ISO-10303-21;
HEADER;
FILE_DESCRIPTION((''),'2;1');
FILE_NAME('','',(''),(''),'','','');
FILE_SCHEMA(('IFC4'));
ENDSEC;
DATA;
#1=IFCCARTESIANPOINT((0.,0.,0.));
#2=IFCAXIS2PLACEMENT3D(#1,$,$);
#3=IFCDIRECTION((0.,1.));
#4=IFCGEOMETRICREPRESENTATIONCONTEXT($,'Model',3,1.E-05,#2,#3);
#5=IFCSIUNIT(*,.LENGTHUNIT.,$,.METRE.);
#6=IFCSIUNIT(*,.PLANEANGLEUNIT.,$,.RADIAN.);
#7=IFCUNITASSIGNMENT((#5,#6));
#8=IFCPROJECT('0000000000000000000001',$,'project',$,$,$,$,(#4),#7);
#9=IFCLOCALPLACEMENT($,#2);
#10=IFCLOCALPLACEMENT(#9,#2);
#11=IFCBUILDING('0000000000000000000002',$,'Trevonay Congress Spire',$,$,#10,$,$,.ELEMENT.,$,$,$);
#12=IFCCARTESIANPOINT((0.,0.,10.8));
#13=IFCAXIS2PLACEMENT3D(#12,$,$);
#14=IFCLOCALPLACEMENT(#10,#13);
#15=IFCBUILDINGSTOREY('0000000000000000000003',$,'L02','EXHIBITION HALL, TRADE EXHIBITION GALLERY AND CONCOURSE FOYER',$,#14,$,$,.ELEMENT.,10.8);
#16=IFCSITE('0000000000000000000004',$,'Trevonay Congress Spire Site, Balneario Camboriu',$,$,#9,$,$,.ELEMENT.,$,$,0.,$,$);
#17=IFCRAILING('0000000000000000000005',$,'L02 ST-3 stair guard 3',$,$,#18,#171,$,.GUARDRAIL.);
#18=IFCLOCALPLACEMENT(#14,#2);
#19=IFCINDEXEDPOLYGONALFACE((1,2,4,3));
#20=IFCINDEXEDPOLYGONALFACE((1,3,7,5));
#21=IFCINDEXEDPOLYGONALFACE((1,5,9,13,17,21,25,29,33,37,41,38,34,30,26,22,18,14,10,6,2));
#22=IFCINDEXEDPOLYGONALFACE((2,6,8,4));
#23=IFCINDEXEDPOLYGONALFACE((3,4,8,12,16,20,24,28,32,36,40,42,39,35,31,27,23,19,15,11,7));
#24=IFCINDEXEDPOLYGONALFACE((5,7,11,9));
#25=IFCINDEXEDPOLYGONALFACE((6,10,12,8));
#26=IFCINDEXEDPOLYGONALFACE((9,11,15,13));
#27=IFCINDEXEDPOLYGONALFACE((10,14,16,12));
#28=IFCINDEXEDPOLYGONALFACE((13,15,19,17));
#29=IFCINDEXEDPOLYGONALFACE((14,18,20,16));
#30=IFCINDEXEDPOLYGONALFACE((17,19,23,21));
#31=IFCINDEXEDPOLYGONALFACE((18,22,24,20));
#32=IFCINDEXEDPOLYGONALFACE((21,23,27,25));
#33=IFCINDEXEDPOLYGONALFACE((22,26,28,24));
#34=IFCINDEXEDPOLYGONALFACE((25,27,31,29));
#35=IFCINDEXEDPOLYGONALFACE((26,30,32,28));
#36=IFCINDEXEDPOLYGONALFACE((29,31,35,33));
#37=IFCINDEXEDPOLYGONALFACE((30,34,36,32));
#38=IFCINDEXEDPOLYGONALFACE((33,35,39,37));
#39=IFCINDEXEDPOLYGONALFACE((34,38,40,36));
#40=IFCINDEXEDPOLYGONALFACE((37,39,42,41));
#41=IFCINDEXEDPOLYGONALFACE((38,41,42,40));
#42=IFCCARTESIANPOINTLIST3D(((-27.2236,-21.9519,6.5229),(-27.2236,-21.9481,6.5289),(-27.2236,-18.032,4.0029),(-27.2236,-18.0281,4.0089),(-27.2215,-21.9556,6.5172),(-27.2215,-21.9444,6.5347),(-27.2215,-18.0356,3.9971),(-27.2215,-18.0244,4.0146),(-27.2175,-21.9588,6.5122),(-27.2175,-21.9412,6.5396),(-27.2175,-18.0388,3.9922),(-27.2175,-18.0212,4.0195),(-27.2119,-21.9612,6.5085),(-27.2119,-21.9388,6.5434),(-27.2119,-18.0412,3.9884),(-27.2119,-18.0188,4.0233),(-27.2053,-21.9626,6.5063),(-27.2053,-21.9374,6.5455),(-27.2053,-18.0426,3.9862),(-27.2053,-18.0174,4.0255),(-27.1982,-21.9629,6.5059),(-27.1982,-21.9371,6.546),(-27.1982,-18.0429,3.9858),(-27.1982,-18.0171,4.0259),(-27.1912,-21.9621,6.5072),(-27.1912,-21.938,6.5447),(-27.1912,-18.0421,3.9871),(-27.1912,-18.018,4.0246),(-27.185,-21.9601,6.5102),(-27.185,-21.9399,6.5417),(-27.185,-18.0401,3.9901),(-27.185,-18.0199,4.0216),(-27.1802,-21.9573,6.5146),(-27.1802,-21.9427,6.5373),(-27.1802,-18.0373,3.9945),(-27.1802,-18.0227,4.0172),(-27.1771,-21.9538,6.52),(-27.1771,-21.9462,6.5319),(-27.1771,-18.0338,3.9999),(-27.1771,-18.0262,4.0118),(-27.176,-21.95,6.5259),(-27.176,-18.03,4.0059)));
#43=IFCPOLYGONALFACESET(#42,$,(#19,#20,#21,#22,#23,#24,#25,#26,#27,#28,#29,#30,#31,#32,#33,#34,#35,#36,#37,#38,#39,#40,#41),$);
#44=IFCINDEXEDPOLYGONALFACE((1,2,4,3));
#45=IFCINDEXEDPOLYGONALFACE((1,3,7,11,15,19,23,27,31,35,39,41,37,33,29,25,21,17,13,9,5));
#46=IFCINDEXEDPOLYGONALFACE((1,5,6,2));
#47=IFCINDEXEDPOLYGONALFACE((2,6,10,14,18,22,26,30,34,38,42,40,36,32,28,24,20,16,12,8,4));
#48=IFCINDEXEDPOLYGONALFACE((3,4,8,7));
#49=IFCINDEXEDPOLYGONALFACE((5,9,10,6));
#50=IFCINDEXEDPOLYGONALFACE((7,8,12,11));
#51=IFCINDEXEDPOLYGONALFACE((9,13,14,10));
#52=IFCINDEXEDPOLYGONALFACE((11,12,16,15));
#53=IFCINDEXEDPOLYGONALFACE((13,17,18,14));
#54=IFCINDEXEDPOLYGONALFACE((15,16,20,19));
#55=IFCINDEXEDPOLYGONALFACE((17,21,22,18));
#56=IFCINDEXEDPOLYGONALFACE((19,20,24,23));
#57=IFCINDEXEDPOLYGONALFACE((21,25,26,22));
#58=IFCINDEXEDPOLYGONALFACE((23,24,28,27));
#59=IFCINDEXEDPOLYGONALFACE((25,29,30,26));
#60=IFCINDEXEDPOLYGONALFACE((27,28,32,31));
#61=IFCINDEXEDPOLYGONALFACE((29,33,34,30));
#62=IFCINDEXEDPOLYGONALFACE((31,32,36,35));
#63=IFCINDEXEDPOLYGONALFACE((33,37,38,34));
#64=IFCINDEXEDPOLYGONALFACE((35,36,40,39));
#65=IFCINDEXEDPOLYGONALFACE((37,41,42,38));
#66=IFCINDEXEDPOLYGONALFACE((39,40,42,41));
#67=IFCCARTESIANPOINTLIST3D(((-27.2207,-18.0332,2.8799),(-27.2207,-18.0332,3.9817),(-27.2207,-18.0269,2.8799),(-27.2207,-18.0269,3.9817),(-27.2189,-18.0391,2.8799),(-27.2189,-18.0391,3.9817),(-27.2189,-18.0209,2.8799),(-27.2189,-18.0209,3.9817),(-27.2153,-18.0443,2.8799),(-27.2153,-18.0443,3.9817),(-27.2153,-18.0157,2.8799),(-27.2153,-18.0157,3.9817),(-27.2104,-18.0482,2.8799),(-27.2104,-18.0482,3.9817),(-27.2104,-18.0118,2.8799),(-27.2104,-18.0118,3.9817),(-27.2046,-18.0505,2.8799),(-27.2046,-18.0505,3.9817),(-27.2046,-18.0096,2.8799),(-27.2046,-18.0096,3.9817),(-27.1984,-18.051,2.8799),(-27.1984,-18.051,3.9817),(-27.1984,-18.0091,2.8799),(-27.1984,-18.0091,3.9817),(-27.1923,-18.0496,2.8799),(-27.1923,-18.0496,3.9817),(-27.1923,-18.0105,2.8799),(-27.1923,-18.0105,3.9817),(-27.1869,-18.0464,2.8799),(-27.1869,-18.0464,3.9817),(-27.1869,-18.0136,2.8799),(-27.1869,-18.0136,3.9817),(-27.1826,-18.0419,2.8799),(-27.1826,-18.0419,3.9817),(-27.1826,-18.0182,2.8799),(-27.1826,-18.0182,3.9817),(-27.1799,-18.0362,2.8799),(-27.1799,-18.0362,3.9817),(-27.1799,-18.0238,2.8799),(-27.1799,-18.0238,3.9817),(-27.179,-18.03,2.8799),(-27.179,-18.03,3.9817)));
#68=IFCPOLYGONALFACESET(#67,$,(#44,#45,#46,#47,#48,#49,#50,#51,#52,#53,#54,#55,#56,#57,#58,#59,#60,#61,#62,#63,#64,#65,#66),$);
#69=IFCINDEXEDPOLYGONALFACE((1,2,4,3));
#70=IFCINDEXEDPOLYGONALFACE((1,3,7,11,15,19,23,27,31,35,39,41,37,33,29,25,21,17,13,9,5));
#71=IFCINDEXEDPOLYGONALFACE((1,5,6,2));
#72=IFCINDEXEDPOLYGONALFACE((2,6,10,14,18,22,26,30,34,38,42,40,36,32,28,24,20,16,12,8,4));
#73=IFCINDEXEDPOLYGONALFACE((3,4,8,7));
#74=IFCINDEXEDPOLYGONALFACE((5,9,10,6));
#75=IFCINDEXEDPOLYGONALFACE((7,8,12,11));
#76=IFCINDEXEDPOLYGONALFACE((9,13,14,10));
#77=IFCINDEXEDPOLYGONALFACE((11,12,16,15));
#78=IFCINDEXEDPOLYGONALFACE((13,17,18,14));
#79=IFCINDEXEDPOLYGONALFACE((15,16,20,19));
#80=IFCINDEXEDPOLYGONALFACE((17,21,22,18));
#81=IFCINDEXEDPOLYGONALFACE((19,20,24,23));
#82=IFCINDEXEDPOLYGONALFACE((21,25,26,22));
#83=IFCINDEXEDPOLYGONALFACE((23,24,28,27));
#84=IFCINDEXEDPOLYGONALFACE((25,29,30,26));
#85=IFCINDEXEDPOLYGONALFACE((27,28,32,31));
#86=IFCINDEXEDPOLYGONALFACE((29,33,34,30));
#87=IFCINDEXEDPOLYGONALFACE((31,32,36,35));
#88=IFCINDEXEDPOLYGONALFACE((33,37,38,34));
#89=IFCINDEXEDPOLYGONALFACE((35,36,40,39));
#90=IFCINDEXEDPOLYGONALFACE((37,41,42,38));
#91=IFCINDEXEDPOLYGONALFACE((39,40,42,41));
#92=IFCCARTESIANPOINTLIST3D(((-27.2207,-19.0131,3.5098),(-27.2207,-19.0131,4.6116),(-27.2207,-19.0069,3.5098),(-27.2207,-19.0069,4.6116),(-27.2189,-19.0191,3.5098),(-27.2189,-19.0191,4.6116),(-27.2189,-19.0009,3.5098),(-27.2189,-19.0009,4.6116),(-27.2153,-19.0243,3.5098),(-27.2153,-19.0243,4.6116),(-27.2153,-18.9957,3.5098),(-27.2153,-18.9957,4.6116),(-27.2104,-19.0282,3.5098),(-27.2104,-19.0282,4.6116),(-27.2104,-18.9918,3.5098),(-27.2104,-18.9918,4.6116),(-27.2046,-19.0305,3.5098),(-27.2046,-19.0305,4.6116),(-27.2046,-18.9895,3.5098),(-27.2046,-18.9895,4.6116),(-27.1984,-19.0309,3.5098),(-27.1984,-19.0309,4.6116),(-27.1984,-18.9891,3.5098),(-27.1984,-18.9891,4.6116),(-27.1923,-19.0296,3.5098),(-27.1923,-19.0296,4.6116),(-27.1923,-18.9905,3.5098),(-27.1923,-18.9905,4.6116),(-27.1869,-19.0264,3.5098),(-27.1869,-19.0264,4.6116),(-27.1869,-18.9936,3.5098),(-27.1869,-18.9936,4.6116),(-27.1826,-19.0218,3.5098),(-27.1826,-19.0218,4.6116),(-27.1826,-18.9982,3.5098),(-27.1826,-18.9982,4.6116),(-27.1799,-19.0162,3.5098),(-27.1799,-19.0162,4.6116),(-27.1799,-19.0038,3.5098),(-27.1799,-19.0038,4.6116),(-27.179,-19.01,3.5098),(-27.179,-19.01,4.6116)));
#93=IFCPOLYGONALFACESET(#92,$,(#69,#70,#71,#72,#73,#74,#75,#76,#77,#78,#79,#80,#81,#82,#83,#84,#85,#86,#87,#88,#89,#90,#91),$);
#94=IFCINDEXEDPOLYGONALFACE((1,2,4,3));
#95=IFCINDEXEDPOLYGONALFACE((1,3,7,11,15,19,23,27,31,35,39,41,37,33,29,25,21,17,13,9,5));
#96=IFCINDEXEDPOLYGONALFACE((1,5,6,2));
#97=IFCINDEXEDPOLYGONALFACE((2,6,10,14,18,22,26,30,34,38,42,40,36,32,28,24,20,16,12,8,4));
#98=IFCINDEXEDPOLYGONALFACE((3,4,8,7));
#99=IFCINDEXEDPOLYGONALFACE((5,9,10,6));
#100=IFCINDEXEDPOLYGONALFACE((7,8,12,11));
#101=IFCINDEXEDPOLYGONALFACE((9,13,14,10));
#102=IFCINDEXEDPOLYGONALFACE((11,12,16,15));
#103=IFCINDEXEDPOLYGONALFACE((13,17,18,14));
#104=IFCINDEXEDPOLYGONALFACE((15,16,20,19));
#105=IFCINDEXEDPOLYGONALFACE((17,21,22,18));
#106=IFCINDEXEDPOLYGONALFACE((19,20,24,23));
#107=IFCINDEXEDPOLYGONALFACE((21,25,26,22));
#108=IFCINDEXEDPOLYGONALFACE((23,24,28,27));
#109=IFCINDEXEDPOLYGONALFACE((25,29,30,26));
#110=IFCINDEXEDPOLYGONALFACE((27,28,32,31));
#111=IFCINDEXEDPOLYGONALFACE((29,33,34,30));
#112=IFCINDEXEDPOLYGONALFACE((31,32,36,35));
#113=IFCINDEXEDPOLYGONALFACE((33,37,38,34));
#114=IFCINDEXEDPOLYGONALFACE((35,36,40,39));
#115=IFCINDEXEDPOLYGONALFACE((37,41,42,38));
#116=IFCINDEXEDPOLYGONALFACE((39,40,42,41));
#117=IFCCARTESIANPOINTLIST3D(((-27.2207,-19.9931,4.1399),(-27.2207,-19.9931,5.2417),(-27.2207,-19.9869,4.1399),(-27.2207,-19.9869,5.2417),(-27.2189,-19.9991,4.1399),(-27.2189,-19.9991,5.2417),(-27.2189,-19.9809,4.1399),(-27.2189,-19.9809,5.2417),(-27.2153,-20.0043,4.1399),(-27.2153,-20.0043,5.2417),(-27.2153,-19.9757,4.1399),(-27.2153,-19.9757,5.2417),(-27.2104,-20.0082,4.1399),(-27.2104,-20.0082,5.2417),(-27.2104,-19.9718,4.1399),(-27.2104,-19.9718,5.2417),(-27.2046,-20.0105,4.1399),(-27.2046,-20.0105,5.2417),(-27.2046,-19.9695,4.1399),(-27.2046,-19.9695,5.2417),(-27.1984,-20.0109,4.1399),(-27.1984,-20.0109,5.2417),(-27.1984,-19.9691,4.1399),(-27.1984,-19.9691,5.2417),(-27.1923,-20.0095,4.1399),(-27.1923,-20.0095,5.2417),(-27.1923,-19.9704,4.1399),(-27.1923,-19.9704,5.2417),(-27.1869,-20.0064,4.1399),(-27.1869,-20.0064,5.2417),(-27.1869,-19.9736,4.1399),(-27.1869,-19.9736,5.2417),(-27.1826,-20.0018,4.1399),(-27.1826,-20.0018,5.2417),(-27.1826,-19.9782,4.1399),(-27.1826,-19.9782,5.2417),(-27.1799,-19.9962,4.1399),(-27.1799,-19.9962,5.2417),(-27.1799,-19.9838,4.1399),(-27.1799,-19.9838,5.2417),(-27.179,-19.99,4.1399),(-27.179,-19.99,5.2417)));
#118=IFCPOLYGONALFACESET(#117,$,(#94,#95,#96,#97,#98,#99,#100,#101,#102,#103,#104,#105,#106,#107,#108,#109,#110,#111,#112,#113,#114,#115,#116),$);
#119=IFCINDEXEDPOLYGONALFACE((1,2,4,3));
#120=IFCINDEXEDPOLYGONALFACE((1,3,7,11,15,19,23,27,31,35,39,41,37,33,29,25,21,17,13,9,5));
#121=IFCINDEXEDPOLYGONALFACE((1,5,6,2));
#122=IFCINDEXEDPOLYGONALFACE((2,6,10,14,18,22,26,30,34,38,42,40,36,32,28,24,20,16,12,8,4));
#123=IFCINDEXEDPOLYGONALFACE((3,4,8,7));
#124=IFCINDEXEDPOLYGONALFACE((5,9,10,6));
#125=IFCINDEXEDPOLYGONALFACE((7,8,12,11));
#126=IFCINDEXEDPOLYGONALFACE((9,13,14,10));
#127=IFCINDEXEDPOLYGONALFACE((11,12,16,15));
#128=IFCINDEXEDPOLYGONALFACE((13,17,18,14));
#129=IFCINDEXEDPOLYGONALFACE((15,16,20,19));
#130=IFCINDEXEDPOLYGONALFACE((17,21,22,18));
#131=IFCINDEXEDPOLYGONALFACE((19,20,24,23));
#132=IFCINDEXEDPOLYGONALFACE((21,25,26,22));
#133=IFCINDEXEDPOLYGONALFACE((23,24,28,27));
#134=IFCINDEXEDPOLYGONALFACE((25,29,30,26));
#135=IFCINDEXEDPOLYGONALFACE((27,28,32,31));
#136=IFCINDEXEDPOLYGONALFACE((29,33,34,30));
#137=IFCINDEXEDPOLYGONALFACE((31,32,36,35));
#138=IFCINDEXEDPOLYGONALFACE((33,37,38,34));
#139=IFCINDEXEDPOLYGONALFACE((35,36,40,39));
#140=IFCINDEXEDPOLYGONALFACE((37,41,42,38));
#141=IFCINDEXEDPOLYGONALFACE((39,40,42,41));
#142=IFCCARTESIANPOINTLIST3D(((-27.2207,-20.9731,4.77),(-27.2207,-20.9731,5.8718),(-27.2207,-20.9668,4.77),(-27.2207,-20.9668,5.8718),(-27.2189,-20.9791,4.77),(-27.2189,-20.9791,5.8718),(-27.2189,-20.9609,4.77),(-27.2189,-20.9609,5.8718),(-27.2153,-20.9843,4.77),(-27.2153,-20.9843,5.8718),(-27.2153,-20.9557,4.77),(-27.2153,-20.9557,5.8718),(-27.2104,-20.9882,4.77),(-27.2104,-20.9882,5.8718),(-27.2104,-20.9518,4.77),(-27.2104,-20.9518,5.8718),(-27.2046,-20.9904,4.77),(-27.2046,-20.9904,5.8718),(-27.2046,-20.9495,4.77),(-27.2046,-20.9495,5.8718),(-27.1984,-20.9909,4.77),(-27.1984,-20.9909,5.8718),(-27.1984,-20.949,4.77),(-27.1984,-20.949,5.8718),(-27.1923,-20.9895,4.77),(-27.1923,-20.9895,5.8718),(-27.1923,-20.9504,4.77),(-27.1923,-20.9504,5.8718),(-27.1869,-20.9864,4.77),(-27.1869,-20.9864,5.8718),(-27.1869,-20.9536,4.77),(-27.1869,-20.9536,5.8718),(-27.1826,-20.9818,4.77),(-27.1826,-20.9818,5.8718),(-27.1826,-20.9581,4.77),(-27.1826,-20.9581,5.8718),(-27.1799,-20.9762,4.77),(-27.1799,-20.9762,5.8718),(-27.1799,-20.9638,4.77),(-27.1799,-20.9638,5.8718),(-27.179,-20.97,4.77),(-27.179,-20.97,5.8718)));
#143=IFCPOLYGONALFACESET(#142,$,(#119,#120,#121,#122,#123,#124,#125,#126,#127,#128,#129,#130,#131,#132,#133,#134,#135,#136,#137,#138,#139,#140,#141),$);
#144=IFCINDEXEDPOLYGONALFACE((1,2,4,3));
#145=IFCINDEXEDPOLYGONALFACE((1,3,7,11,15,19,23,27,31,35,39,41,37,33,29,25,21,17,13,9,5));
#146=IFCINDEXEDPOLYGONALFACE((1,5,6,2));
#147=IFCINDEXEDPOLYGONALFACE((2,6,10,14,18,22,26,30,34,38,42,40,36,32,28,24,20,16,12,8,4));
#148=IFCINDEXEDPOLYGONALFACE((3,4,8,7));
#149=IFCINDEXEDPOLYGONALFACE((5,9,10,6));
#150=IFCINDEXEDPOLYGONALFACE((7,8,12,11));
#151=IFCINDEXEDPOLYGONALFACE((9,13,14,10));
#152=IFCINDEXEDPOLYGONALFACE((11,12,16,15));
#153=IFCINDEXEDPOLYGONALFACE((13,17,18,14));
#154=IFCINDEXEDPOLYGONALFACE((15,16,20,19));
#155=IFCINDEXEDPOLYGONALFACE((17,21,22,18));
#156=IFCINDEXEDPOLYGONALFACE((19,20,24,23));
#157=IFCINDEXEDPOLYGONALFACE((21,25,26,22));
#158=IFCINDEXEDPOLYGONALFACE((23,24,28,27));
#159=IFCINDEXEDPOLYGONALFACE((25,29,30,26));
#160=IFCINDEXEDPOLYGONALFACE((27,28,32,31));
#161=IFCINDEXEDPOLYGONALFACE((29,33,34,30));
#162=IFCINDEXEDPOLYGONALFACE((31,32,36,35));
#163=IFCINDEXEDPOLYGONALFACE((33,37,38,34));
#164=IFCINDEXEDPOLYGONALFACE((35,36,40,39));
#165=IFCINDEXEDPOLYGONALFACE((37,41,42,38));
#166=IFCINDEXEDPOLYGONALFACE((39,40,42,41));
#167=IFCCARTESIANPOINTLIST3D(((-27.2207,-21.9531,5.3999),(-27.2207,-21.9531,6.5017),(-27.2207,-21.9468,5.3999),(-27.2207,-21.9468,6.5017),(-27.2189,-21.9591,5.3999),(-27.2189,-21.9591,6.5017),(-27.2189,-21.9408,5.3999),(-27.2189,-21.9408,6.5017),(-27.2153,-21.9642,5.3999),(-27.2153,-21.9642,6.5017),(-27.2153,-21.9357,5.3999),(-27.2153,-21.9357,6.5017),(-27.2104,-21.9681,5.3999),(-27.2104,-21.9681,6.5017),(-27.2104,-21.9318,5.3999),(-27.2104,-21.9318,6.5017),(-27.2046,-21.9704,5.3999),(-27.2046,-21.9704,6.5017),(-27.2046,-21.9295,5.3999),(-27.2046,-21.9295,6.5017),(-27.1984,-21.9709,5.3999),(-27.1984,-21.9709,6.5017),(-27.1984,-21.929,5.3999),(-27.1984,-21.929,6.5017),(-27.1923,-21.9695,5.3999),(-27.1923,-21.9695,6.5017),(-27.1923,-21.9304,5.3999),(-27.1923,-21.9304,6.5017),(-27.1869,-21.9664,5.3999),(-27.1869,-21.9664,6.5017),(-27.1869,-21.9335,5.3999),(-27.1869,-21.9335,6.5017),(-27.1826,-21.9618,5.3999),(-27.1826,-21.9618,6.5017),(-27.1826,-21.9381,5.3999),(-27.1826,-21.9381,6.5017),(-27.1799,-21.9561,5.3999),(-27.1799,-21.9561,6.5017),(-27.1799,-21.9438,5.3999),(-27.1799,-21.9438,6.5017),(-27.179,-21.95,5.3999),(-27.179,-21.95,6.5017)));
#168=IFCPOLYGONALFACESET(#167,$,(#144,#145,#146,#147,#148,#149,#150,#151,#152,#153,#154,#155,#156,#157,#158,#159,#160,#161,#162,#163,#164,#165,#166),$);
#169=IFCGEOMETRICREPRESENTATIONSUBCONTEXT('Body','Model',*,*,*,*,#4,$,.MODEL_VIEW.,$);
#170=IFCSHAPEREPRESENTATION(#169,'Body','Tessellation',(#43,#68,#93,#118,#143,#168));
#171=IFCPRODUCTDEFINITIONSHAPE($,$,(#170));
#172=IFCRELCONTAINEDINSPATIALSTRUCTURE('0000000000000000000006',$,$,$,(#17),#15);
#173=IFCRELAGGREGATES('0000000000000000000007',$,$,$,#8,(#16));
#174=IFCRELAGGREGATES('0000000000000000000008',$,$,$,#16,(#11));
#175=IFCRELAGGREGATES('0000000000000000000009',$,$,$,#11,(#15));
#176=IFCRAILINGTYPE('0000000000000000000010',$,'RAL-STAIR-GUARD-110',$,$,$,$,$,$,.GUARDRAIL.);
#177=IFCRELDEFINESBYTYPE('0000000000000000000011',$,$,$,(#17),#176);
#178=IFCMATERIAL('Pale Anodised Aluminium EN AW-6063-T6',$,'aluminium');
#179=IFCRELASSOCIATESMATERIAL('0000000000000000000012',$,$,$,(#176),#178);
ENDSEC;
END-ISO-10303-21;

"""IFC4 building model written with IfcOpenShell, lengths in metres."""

from ifc_helpers import new_model, si_unit, direction, frame, origin, origin_2d, place, context, subcontext, project, spatial, circle, extrude, material, type_object, element, save


model = new_model("IFC4")

# Units and contexts
model_context = context("Model", 3, precision=1e-05, world=origin(), true_north=direction((0.0, 1.0)))
body_context = subcontext(model_context, "Body", "Model", "MODEL_VIEW")
ifc_project = project(units=[si_unit("LENGTHUNIT", "METRE"), si_unit("PLANEANGLEUNIT", "RADIAN")], contexts=[model_context])

# Site, building, storey
site_placement = place(None, origin())
site = spatial("IfcSite", under=ifc_project, at=site_placement, Name="Trevonay Congress Spire Site, Balneario Camboriu", CompositionType="ELEMENT", RefElevation=0.0)
building_placement = place(site_placement, origin())
building = spatial("IfcBuilding", under=site, at=building_placement, Name="Trevonay Congress Spire", CompositionType="ELEMENT")
storey_placement = place(building_placement, frame((0.0, 0.0, 10.8)))
storey = spatial("IfcBuildingStorey", under=building, at=storey_placement, Name="L02", Description="EXHIBITION HALL, TRADE EXHIBITION GALLERY AND CONCOURSE FOYER", CompositionType="ELEMENT", Elevation=10.8)

# Shared definitions
ifc_material_1 = material(Name="Pale Anodised Aluminium EN AW-6063-T6", Category="aluminium")

# Railing
railing_type_1 = type_object("IfcRailingType", Name="RAL-STAIR-GUARD-110", PredefinedType="GUARDRAIL", material=ifc_material_1)
railing_1_placement = place(storey_placement, frame((-27.2, -18.03, 2.8799)))
element("IfcRailing", 1, at=railing_1_placement, inside=storey, type_object=railing_type_1, Name="L02 ST-3 stair guard 3", PredefinedType="GUARDRAIL", context=body_context, shape_type="SweptSolid", body=[
    extrude(circle(Radius=0.0239, at=origin_2d()), frame((0.0, 0.0, 1.126), z_axis=(0.0, -0.841172, 0.540768), x_axis=(1.0, 0.0, 0.0)), (0.0, 0.0, 1.0), 4.6602),
    extrude(circle(Radius=0.021, at=origin_2d()), origin(), (0.0, 0.0, 1.0), 1.1018),
    extrude(circle(Radius=0.021, at=origin_2d()), frame((0.0, -0.98, 0.6299)), (0.0, 0.0, 1.0), 1.1018),
    extrude(circle(Radius=0.021, at=origin_2d()), frame((0.0, -1.96, 1.26)), (0.0, 0.0, 1.0), 1.1018),
    extrude(circle(Radius=0.021, at=origin_2d()), frame((0.0, -2.9399, 1.8901)), (0.0, 0.0, 1.0), 1.1018),
    extrude(circle(Radius=0.021, at=origin_2d()), frame((0.0, -3.9199, 2.52)), (0.0, 0.0, 1.0), 1.1018),
])

save(model, "model.ifc")
